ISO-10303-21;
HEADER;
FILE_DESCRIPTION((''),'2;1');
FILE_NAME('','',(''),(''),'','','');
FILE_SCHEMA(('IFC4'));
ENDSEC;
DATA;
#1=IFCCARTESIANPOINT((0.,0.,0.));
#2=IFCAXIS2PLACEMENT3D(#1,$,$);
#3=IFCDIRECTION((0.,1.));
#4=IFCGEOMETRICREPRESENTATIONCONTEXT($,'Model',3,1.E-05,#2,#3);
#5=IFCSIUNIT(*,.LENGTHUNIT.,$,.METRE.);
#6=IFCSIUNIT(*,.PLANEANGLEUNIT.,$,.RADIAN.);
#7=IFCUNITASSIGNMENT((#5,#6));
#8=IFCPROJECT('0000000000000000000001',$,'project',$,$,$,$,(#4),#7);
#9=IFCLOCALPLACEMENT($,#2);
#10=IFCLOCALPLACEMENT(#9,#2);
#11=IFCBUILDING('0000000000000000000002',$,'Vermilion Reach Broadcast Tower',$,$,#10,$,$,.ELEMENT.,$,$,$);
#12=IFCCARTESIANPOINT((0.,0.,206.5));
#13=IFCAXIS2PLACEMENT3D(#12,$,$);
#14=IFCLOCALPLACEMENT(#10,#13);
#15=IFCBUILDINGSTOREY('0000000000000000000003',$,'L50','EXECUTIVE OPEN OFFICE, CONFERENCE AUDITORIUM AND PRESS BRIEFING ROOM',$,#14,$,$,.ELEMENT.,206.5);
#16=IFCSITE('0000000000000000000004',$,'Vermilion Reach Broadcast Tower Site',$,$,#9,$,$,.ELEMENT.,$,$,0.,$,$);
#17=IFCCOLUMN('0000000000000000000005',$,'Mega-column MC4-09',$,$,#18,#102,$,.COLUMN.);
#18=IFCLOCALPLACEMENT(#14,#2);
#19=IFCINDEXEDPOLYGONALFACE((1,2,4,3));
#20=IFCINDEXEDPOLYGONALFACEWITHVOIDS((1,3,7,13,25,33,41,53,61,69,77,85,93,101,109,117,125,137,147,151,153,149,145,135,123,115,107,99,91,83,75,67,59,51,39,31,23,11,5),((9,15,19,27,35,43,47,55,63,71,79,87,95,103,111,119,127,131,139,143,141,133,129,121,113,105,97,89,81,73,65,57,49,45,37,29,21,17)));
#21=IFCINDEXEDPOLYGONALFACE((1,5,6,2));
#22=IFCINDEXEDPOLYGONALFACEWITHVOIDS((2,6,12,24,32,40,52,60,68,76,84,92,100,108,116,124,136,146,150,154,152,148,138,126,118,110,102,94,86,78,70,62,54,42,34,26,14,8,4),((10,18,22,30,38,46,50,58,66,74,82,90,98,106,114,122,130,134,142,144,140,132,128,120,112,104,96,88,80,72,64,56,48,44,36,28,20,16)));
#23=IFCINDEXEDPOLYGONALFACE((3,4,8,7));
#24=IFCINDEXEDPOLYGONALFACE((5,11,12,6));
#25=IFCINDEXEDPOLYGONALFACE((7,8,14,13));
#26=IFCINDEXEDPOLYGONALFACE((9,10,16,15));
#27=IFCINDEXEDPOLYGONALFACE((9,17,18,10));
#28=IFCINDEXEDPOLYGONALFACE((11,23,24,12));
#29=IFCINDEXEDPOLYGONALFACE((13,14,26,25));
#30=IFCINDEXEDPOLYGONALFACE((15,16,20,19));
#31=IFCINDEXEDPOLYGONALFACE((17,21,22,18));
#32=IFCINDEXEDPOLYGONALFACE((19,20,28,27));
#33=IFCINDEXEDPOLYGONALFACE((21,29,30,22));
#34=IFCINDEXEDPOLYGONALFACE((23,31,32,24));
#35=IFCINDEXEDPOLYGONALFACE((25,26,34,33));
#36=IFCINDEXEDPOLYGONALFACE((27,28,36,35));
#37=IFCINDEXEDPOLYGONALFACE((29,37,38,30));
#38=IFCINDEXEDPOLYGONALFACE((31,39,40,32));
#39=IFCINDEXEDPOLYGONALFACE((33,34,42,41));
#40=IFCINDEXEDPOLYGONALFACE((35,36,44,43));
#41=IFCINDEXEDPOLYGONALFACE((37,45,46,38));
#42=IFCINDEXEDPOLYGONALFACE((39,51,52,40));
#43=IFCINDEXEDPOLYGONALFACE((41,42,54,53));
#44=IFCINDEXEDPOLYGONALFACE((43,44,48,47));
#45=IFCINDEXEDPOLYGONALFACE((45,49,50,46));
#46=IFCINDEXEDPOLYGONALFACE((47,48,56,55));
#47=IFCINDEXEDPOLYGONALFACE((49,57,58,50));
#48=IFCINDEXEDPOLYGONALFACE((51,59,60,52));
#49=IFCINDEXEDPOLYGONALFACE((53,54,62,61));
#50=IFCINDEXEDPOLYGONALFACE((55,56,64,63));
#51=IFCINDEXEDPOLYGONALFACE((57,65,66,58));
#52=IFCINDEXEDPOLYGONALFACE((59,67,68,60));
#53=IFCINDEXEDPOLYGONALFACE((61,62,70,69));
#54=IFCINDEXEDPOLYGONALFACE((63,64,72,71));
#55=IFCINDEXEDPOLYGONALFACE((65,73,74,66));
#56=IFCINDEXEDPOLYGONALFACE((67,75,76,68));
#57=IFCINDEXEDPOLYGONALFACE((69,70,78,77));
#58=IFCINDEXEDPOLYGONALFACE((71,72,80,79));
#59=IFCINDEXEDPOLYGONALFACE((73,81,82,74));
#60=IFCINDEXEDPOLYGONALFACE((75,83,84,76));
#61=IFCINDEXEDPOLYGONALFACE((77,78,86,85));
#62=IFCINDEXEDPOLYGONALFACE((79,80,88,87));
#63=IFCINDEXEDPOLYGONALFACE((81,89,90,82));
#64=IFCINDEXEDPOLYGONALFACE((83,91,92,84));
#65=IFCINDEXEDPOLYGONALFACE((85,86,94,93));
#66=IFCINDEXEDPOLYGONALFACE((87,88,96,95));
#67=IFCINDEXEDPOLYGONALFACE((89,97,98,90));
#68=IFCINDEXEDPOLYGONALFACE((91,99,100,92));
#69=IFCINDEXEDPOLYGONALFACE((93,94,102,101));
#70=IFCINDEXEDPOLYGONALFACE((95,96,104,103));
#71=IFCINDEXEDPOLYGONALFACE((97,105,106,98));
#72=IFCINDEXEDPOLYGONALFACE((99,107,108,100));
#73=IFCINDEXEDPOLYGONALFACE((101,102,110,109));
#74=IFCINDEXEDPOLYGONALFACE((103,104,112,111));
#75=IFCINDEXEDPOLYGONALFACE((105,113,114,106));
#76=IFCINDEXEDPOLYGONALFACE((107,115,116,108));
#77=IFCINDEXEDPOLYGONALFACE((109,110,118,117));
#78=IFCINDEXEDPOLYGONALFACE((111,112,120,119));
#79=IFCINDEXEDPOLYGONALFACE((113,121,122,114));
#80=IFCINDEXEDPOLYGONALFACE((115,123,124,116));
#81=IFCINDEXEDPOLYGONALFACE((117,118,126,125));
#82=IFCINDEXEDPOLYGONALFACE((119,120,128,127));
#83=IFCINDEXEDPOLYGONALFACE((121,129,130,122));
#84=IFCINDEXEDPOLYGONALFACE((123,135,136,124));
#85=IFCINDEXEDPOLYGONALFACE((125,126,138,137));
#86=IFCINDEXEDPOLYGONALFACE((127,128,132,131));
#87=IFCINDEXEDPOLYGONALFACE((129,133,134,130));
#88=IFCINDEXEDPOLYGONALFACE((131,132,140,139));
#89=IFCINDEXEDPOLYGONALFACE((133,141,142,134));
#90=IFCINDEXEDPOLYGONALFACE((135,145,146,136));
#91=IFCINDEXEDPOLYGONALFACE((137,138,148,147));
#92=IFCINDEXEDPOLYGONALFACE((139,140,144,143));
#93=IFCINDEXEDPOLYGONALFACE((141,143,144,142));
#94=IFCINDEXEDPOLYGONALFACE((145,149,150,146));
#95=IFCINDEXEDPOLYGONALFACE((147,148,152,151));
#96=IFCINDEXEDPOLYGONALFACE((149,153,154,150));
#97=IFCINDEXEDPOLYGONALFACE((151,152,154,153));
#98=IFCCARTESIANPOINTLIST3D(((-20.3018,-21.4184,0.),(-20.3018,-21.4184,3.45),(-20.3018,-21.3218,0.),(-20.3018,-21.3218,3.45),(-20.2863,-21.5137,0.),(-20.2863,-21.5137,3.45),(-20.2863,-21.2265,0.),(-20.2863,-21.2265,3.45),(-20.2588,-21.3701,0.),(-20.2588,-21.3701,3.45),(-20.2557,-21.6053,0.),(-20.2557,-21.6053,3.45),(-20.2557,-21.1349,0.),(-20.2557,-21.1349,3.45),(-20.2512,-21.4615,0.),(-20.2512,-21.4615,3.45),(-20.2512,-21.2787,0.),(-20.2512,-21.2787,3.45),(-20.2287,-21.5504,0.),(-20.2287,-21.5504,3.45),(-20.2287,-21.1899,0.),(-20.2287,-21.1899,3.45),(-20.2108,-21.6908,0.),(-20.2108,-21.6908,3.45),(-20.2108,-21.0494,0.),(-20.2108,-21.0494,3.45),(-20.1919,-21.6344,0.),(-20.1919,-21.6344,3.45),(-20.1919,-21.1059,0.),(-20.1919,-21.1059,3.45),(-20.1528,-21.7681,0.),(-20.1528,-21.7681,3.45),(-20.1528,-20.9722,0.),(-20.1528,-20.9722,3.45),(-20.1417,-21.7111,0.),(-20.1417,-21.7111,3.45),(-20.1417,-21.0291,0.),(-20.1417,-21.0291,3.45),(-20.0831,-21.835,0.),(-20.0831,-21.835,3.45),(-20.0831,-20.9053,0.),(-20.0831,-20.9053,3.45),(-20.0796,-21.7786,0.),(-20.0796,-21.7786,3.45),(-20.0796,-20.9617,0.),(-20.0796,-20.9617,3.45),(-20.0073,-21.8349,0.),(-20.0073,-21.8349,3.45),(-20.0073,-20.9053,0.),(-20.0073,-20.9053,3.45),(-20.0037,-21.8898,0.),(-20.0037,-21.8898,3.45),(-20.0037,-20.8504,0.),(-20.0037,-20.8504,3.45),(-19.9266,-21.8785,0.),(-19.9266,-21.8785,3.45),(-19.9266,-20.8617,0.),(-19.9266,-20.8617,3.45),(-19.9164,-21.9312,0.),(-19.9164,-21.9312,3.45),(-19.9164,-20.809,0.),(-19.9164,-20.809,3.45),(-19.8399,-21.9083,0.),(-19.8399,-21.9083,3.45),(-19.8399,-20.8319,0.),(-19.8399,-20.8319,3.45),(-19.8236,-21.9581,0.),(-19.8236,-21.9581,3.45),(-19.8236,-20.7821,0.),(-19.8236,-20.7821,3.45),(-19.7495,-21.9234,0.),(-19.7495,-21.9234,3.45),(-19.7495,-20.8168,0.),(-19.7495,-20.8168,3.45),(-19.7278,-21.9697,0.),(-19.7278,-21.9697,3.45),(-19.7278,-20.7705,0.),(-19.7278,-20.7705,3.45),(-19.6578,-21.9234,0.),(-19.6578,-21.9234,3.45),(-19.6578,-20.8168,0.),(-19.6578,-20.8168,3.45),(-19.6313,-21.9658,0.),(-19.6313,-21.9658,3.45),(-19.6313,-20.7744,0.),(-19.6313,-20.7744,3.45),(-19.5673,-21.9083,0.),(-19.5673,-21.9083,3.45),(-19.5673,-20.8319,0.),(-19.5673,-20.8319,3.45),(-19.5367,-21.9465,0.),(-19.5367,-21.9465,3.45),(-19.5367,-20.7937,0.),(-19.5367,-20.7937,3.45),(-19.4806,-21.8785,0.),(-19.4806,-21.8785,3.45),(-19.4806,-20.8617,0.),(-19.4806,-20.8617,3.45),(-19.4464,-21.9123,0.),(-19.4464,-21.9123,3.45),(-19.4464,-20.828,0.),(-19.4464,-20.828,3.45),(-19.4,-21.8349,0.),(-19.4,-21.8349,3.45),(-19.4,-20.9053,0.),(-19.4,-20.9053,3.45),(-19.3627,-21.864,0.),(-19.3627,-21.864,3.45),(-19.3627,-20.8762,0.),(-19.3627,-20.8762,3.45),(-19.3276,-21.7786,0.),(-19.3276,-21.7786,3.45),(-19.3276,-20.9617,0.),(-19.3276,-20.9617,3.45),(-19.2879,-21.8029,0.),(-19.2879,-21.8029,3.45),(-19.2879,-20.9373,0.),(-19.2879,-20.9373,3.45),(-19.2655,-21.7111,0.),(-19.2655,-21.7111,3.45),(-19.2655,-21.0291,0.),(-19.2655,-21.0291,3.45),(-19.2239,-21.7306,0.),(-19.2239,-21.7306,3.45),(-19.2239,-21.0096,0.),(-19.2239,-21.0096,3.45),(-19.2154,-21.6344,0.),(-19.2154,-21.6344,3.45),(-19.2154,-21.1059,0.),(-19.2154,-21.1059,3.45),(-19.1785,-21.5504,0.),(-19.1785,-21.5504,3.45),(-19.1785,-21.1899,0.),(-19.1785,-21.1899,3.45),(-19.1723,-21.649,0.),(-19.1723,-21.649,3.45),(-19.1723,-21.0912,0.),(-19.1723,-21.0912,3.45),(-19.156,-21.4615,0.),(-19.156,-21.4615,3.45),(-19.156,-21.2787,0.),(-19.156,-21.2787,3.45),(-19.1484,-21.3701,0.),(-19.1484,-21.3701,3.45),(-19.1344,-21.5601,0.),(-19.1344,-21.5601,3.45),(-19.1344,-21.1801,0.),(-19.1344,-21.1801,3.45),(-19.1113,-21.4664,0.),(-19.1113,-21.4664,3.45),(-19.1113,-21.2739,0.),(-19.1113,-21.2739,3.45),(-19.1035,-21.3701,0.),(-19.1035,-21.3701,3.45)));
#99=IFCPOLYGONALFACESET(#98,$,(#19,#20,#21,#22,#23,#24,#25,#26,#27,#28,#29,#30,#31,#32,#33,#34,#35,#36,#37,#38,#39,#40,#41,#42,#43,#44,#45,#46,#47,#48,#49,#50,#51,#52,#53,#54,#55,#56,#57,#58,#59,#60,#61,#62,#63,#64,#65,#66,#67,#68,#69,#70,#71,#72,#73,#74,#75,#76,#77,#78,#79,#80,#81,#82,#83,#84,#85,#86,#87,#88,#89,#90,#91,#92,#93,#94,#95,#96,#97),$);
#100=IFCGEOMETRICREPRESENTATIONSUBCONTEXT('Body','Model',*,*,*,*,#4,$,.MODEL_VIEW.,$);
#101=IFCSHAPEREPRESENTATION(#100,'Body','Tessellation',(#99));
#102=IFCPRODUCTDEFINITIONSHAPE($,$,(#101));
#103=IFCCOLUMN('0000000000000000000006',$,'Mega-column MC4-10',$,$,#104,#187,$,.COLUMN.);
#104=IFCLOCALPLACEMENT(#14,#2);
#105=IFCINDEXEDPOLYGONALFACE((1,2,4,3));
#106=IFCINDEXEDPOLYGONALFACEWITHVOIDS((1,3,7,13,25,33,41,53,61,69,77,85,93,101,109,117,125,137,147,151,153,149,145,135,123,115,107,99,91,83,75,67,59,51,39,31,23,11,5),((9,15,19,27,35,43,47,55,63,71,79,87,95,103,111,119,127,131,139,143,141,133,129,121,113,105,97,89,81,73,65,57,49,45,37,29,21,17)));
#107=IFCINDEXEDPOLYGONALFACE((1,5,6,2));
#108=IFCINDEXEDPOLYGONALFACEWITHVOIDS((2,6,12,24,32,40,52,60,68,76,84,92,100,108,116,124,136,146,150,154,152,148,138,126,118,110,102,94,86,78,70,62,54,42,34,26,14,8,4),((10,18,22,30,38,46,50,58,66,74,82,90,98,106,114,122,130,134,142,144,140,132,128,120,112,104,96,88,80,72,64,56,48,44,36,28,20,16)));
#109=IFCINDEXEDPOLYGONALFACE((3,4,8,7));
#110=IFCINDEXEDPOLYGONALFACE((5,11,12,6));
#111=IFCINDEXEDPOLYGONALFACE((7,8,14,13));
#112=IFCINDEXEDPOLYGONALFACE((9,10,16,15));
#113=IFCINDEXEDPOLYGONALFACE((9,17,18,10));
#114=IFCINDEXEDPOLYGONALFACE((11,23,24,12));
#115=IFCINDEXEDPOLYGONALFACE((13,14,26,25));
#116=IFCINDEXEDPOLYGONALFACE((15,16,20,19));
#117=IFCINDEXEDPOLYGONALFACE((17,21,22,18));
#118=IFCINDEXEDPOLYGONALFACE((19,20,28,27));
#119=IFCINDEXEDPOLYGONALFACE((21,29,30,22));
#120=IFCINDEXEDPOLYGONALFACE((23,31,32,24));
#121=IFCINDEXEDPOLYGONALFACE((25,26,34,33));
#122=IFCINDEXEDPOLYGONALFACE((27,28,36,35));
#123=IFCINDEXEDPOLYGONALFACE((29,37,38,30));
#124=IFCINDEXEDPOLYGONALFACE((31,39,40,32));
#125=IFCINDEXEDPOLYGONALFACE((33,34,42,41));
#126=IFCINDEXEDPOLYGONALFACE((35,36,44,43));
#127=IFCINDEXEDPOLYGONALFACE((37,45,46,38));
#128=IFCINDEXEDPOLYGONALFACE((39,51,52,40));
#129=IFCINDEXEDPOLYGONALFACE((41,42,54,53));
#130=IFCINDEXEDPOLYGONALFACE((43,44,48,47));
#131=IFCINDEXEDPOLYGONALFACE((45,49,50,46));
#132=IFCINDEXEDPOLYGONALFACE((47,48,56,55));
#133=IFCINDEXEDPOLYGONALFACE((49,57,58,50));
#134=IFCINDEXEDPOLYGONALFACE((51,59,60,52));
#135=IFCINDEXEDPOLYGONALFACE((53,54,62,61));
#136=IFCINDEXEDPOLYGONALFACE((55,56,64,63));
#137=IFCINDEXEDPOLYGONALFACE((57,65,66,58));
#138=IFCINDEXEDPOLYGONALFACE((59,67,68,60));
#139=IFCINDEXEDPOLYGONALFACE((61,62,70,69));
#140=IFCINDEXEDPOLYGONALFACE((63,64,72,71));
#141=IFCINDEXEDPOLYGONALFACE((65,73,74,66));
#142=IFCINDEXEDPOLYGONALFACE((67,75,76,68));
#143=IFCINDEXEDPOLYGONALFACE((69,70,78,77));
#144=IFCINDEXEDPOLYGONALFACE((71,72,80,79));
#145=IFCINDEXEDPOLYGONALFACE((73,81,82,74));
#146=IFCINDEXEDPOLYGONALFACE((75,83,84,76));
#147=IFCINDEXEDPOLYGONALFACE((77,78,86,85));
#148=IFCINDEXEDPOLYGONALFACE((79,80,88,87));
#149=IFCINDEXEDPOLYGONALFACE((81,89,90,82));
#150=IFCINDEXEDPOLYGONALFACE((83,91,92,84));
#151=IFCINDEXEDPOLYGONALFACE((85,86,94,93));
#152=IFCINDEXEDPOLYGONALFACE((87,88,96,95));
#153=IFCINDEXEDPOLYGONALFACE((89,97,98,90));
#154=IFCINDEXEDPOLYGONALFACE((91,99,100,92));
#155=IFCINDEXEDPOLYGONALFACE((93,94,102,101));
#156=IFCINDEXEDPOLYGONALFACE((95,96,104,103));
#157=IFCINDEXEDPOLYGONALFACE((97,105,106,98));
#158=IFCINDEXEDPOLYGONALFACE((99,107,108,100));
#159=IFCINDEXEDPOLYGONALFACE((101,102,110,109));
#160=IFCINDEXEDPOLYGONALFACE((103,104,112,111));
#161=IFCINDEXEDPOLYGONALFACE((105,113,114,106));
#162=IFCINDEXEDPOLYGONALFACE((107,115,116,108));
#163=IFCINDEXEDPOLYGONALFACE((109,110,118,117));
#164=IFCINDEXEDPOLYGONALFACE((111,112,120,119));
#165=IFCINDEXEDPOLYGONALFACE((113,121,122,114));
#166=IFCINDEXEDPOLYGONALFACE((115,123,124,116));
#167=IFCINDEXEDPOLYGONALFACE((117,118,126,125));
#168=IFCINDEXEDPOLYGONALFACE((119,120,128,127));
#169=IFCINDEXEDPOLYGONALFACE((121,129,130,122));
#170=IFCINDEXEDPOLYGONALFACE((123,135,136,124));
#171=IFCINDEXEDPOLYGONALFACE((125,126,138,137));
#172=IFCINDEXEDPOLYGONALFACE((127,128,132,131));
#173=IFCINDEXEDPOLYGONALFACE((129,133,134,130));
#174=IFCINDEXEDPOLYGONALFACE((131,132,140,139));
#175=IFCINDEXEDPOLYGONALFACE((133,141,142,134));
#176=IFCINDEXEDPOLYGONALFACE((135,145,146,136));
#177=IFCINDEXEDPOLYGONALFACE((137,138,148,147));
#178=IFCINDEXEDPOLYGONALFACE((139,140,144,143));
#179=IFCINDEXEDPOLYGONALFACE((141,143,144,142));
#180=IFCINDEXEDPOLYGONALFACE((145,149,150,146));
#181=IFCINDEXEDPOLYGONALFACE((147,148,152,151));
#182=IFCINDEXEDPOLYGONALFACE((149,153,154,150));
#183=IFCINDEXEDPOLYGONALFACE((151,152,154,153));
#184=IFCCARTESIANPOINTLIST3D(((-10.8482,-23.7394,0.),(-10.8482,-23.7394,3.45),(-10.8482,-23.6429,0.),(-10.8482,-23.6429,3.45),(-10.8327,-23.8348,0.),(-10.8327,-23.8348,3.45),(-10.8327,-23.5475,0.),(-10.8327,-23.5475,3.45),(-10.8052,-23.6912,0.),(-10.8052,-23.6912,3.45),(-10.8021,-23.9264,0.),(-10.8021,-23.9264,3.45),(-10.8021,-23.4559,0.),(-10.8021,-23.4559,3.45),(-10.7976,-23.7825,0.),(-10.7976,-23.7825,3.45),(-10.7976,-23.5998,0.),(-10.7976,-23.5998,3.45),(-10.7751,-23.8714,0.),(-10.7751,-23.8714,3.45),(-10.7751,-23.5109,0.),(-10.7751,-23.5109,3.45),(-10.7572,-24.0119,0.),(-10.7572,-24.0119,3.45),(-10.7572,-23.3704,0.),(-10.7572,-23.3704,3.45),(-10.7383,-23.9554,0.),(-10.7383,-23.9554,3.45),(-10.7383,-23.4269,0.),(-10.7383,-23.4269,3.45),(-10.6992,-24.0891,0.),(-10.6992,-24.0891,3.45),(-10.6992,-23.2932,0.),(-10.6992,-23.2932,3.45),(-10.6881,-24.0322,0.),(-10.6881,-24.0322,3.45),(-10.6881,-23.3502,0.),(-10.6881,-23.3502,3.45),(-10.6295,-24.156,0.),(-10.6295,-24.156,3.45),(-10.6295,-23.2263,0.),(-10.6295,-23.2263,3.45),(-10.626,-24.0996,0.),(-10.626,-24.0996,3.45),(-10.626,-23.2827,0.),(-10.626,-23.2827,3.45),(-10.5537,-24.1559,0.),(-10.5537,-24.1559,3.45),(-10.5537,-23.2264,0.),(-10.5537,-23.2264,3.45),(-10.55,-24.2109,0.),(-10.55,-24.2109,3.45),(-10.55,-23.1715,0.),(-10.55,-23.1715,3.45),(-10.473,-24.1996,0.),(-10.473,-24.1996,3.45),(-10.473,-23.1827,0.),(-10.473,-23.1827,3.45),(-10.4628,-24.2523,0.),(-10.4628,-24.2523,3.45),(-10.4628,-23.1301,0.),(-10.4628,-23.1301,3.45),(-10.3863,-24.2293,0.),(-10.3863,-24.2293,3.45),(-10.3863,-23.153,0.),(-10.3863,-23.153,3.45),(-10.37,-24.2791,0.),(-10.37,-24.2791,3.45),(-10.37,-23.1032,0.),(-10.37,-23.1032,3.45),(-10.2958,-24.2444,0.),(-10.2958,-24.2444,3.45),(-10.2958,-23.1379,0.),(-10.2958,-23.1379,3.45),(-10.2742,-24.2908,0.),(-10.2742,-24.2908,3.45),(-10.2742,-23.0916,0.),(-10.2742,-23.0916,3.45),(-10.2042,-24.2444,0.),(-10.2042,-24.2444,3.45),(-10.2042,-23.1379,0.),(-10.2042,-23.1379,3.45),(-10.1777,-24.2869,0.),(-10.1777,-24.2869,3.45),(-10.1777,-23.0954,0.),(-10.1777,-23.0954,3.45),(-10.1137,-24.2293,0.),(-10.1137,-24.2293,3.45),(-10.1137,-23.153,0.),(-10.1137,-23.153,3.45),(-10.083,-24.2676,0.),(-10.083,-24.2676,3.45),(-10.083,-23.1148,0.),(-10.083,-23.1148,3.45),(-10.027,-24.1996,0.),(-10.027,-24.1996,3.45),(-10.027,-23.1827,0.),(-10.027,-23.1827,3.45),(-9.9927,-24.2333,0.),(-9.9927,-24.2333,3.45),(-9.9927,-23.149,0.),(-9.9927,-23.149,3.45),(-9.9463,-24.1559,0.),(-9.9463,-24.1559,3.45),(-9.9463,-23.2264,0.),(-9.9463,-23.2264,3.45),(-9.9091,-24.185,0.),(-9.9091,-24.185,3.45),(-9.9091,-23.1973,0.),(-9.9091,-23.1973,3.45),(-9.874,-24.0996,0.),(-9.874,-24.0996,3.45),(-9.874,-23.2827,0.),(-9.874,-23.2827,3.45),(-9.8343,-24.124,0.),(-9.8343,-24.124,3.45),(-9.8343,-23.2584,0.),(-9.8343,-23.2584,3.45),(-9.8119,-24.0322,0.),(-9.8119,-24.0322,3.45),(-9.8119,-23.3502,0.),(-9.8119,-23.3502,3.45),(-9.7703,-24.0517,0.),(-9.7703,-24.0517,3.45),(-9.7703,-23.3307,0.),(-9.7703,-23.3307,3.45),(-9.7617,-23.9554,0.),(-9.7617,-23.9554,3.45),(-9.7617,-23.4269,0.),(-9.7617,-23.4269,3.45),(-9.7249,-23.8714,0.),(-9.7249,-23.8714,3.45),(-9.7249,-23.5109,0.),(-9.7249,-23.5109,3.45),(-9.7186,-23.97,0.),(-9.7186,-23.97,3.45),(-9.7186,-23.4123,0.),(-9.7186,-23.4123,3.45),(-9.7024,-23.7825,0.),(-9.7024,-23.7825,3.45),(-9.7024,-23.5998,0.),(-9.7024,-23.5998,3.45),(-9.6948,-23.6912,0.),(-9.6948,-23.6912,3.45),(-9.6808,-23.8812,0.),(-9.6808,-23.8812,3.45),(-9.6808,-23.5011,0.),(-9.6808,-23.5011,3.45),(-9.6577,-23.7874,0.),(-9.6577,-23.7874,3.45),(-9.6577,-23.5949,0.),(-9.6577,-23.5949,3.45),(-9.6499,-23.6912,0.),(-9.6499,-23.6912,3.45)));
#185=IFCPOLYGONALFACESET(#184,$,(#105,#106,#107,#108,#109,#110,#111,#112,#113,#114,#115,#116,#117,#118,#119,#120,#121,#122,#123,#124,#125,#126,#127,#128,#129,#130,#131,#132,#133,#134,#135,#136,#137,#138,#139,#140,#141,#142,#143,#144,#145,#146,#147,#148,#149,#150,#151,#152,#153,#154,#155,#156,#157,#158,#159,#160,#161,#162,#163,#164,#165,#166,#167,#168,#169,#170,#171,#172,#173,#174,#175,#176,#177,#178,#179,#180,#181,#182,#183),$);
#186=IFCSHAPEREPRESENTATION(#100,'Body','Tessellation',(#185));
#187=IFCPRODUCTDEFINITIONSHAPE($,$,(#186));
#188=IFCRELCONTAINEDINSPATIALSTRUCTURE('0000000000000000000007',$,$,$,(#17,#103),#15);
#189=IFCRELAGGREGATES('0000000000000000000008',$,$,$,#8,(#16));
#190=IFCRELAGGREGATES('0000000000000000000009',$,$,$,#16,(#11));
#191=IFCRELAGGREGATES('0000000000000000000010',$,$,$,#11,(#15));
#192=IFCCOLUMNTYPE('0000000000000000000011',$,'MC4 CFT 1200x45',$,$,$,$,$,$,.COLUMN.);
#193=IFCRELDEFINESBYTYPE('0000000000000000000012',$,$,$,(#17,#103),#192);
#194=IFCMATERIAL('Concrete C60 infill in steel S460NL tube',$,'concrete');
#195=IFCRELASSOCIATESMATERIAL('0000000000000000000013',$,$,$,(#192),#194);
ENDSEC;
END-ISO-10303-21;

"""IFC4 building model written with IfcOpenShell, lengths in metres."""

from ifc_helpers import new_model, si_unit, direction, frame, origin, origin_2d, place, context, subcontext, project, spatial, hollow_circle, extrude, material, material_profile, profile_set, type_object, element, save


model = new_model("IFC4")

# Units and contexts
model_context = context("Model", 3, precision=1e-05, world=origin(), true_north=direction((0.0, 1.0)))
body_context = subcontext(model_context, "Body", "Model", "MODEL_VIEW")
ifc_project = project(units=[si_unit("LENGTHUNIT", "METRE"), si_unit("PLANEANGLEUNIT", "RADIAN")], contexts=[model_context])

# Site, building, storey
site_placement = place(None, origin())
site = spatial("IfcSite", under=ifc_project, at=site_placement, Name="Vermilion Reach Broadcast Tower Site", CompositionType="ELEMENT", RefElevation=0.0)
building_placement = place(site_placement, origin())
building = spatial("IfcBuilding", under=site, at=building_placement, Name="Vermilion Reach Broadcast Tower", CompositionType="ELEMENT")
storey_placement = place(building_placement, frame((0.0, 0.0, 206.5)))
storey = spatial("IfcBuildingStorey", under=building, at=storey_placement, Name="L50", Description="EXECUTIVE OPEN OFFICE, CONFERENCE AUDITORIUM AND PRESS BRIEFING ROOM", CompositionType="ELEMENT", Elevation=206.5)

# Columns
ifc_material_1 = material(Name="Concrete C60 infill in steel S460NL tube", Category="concrete")
ifc_material_profile_1 = material_profile(ifc_material_1, hollow_circle(Radius=0.6001, WallThickness=0.0449, at=origin_2d()), Name="Concrete C60 infill in steel S460NL tube CFT 1200x45")
ifc_profile_set_1 = profile_set([ifc_material_profile_1], Name="Concrete C60 infill in steel S460NL tube")
column_type = type_object("IfcColumnType", Name="MC4 CFT 1200x45", PredefinedType="COLUMN", material=ifc_profile_set_1)
for number, where, z_axis, x_axis, name in (
    (1, (-19.7036, -21.3701, 0.0), (0.0, 0.0, 1.0), (1.0, 0.0, 0.0), "Mega-column MC4-09"),
    (2, (-10.25, -23.6912, 0.0), (0.0, 0.0, 1.0), (1.0, 0.0, 0.0), "Mega-column MC4-10"),
):
    element("IfcColumn", number, at=place(storey_placement, frame(where, z_axis=z_axis, x_axis=x_axis)), inside=storey, type_object=column_type, Name=name, PredefinedType="COLUMN", context=body_context, shape_type="SweptSolid", body=[
        extrude(hollow_circle(Radius=0.6001, WallThickness=0.0449, at=origin_2d()), origin(), (0.0, 0.0, 1.0), 3.45),
    ])

save(model, "model.ifc")
